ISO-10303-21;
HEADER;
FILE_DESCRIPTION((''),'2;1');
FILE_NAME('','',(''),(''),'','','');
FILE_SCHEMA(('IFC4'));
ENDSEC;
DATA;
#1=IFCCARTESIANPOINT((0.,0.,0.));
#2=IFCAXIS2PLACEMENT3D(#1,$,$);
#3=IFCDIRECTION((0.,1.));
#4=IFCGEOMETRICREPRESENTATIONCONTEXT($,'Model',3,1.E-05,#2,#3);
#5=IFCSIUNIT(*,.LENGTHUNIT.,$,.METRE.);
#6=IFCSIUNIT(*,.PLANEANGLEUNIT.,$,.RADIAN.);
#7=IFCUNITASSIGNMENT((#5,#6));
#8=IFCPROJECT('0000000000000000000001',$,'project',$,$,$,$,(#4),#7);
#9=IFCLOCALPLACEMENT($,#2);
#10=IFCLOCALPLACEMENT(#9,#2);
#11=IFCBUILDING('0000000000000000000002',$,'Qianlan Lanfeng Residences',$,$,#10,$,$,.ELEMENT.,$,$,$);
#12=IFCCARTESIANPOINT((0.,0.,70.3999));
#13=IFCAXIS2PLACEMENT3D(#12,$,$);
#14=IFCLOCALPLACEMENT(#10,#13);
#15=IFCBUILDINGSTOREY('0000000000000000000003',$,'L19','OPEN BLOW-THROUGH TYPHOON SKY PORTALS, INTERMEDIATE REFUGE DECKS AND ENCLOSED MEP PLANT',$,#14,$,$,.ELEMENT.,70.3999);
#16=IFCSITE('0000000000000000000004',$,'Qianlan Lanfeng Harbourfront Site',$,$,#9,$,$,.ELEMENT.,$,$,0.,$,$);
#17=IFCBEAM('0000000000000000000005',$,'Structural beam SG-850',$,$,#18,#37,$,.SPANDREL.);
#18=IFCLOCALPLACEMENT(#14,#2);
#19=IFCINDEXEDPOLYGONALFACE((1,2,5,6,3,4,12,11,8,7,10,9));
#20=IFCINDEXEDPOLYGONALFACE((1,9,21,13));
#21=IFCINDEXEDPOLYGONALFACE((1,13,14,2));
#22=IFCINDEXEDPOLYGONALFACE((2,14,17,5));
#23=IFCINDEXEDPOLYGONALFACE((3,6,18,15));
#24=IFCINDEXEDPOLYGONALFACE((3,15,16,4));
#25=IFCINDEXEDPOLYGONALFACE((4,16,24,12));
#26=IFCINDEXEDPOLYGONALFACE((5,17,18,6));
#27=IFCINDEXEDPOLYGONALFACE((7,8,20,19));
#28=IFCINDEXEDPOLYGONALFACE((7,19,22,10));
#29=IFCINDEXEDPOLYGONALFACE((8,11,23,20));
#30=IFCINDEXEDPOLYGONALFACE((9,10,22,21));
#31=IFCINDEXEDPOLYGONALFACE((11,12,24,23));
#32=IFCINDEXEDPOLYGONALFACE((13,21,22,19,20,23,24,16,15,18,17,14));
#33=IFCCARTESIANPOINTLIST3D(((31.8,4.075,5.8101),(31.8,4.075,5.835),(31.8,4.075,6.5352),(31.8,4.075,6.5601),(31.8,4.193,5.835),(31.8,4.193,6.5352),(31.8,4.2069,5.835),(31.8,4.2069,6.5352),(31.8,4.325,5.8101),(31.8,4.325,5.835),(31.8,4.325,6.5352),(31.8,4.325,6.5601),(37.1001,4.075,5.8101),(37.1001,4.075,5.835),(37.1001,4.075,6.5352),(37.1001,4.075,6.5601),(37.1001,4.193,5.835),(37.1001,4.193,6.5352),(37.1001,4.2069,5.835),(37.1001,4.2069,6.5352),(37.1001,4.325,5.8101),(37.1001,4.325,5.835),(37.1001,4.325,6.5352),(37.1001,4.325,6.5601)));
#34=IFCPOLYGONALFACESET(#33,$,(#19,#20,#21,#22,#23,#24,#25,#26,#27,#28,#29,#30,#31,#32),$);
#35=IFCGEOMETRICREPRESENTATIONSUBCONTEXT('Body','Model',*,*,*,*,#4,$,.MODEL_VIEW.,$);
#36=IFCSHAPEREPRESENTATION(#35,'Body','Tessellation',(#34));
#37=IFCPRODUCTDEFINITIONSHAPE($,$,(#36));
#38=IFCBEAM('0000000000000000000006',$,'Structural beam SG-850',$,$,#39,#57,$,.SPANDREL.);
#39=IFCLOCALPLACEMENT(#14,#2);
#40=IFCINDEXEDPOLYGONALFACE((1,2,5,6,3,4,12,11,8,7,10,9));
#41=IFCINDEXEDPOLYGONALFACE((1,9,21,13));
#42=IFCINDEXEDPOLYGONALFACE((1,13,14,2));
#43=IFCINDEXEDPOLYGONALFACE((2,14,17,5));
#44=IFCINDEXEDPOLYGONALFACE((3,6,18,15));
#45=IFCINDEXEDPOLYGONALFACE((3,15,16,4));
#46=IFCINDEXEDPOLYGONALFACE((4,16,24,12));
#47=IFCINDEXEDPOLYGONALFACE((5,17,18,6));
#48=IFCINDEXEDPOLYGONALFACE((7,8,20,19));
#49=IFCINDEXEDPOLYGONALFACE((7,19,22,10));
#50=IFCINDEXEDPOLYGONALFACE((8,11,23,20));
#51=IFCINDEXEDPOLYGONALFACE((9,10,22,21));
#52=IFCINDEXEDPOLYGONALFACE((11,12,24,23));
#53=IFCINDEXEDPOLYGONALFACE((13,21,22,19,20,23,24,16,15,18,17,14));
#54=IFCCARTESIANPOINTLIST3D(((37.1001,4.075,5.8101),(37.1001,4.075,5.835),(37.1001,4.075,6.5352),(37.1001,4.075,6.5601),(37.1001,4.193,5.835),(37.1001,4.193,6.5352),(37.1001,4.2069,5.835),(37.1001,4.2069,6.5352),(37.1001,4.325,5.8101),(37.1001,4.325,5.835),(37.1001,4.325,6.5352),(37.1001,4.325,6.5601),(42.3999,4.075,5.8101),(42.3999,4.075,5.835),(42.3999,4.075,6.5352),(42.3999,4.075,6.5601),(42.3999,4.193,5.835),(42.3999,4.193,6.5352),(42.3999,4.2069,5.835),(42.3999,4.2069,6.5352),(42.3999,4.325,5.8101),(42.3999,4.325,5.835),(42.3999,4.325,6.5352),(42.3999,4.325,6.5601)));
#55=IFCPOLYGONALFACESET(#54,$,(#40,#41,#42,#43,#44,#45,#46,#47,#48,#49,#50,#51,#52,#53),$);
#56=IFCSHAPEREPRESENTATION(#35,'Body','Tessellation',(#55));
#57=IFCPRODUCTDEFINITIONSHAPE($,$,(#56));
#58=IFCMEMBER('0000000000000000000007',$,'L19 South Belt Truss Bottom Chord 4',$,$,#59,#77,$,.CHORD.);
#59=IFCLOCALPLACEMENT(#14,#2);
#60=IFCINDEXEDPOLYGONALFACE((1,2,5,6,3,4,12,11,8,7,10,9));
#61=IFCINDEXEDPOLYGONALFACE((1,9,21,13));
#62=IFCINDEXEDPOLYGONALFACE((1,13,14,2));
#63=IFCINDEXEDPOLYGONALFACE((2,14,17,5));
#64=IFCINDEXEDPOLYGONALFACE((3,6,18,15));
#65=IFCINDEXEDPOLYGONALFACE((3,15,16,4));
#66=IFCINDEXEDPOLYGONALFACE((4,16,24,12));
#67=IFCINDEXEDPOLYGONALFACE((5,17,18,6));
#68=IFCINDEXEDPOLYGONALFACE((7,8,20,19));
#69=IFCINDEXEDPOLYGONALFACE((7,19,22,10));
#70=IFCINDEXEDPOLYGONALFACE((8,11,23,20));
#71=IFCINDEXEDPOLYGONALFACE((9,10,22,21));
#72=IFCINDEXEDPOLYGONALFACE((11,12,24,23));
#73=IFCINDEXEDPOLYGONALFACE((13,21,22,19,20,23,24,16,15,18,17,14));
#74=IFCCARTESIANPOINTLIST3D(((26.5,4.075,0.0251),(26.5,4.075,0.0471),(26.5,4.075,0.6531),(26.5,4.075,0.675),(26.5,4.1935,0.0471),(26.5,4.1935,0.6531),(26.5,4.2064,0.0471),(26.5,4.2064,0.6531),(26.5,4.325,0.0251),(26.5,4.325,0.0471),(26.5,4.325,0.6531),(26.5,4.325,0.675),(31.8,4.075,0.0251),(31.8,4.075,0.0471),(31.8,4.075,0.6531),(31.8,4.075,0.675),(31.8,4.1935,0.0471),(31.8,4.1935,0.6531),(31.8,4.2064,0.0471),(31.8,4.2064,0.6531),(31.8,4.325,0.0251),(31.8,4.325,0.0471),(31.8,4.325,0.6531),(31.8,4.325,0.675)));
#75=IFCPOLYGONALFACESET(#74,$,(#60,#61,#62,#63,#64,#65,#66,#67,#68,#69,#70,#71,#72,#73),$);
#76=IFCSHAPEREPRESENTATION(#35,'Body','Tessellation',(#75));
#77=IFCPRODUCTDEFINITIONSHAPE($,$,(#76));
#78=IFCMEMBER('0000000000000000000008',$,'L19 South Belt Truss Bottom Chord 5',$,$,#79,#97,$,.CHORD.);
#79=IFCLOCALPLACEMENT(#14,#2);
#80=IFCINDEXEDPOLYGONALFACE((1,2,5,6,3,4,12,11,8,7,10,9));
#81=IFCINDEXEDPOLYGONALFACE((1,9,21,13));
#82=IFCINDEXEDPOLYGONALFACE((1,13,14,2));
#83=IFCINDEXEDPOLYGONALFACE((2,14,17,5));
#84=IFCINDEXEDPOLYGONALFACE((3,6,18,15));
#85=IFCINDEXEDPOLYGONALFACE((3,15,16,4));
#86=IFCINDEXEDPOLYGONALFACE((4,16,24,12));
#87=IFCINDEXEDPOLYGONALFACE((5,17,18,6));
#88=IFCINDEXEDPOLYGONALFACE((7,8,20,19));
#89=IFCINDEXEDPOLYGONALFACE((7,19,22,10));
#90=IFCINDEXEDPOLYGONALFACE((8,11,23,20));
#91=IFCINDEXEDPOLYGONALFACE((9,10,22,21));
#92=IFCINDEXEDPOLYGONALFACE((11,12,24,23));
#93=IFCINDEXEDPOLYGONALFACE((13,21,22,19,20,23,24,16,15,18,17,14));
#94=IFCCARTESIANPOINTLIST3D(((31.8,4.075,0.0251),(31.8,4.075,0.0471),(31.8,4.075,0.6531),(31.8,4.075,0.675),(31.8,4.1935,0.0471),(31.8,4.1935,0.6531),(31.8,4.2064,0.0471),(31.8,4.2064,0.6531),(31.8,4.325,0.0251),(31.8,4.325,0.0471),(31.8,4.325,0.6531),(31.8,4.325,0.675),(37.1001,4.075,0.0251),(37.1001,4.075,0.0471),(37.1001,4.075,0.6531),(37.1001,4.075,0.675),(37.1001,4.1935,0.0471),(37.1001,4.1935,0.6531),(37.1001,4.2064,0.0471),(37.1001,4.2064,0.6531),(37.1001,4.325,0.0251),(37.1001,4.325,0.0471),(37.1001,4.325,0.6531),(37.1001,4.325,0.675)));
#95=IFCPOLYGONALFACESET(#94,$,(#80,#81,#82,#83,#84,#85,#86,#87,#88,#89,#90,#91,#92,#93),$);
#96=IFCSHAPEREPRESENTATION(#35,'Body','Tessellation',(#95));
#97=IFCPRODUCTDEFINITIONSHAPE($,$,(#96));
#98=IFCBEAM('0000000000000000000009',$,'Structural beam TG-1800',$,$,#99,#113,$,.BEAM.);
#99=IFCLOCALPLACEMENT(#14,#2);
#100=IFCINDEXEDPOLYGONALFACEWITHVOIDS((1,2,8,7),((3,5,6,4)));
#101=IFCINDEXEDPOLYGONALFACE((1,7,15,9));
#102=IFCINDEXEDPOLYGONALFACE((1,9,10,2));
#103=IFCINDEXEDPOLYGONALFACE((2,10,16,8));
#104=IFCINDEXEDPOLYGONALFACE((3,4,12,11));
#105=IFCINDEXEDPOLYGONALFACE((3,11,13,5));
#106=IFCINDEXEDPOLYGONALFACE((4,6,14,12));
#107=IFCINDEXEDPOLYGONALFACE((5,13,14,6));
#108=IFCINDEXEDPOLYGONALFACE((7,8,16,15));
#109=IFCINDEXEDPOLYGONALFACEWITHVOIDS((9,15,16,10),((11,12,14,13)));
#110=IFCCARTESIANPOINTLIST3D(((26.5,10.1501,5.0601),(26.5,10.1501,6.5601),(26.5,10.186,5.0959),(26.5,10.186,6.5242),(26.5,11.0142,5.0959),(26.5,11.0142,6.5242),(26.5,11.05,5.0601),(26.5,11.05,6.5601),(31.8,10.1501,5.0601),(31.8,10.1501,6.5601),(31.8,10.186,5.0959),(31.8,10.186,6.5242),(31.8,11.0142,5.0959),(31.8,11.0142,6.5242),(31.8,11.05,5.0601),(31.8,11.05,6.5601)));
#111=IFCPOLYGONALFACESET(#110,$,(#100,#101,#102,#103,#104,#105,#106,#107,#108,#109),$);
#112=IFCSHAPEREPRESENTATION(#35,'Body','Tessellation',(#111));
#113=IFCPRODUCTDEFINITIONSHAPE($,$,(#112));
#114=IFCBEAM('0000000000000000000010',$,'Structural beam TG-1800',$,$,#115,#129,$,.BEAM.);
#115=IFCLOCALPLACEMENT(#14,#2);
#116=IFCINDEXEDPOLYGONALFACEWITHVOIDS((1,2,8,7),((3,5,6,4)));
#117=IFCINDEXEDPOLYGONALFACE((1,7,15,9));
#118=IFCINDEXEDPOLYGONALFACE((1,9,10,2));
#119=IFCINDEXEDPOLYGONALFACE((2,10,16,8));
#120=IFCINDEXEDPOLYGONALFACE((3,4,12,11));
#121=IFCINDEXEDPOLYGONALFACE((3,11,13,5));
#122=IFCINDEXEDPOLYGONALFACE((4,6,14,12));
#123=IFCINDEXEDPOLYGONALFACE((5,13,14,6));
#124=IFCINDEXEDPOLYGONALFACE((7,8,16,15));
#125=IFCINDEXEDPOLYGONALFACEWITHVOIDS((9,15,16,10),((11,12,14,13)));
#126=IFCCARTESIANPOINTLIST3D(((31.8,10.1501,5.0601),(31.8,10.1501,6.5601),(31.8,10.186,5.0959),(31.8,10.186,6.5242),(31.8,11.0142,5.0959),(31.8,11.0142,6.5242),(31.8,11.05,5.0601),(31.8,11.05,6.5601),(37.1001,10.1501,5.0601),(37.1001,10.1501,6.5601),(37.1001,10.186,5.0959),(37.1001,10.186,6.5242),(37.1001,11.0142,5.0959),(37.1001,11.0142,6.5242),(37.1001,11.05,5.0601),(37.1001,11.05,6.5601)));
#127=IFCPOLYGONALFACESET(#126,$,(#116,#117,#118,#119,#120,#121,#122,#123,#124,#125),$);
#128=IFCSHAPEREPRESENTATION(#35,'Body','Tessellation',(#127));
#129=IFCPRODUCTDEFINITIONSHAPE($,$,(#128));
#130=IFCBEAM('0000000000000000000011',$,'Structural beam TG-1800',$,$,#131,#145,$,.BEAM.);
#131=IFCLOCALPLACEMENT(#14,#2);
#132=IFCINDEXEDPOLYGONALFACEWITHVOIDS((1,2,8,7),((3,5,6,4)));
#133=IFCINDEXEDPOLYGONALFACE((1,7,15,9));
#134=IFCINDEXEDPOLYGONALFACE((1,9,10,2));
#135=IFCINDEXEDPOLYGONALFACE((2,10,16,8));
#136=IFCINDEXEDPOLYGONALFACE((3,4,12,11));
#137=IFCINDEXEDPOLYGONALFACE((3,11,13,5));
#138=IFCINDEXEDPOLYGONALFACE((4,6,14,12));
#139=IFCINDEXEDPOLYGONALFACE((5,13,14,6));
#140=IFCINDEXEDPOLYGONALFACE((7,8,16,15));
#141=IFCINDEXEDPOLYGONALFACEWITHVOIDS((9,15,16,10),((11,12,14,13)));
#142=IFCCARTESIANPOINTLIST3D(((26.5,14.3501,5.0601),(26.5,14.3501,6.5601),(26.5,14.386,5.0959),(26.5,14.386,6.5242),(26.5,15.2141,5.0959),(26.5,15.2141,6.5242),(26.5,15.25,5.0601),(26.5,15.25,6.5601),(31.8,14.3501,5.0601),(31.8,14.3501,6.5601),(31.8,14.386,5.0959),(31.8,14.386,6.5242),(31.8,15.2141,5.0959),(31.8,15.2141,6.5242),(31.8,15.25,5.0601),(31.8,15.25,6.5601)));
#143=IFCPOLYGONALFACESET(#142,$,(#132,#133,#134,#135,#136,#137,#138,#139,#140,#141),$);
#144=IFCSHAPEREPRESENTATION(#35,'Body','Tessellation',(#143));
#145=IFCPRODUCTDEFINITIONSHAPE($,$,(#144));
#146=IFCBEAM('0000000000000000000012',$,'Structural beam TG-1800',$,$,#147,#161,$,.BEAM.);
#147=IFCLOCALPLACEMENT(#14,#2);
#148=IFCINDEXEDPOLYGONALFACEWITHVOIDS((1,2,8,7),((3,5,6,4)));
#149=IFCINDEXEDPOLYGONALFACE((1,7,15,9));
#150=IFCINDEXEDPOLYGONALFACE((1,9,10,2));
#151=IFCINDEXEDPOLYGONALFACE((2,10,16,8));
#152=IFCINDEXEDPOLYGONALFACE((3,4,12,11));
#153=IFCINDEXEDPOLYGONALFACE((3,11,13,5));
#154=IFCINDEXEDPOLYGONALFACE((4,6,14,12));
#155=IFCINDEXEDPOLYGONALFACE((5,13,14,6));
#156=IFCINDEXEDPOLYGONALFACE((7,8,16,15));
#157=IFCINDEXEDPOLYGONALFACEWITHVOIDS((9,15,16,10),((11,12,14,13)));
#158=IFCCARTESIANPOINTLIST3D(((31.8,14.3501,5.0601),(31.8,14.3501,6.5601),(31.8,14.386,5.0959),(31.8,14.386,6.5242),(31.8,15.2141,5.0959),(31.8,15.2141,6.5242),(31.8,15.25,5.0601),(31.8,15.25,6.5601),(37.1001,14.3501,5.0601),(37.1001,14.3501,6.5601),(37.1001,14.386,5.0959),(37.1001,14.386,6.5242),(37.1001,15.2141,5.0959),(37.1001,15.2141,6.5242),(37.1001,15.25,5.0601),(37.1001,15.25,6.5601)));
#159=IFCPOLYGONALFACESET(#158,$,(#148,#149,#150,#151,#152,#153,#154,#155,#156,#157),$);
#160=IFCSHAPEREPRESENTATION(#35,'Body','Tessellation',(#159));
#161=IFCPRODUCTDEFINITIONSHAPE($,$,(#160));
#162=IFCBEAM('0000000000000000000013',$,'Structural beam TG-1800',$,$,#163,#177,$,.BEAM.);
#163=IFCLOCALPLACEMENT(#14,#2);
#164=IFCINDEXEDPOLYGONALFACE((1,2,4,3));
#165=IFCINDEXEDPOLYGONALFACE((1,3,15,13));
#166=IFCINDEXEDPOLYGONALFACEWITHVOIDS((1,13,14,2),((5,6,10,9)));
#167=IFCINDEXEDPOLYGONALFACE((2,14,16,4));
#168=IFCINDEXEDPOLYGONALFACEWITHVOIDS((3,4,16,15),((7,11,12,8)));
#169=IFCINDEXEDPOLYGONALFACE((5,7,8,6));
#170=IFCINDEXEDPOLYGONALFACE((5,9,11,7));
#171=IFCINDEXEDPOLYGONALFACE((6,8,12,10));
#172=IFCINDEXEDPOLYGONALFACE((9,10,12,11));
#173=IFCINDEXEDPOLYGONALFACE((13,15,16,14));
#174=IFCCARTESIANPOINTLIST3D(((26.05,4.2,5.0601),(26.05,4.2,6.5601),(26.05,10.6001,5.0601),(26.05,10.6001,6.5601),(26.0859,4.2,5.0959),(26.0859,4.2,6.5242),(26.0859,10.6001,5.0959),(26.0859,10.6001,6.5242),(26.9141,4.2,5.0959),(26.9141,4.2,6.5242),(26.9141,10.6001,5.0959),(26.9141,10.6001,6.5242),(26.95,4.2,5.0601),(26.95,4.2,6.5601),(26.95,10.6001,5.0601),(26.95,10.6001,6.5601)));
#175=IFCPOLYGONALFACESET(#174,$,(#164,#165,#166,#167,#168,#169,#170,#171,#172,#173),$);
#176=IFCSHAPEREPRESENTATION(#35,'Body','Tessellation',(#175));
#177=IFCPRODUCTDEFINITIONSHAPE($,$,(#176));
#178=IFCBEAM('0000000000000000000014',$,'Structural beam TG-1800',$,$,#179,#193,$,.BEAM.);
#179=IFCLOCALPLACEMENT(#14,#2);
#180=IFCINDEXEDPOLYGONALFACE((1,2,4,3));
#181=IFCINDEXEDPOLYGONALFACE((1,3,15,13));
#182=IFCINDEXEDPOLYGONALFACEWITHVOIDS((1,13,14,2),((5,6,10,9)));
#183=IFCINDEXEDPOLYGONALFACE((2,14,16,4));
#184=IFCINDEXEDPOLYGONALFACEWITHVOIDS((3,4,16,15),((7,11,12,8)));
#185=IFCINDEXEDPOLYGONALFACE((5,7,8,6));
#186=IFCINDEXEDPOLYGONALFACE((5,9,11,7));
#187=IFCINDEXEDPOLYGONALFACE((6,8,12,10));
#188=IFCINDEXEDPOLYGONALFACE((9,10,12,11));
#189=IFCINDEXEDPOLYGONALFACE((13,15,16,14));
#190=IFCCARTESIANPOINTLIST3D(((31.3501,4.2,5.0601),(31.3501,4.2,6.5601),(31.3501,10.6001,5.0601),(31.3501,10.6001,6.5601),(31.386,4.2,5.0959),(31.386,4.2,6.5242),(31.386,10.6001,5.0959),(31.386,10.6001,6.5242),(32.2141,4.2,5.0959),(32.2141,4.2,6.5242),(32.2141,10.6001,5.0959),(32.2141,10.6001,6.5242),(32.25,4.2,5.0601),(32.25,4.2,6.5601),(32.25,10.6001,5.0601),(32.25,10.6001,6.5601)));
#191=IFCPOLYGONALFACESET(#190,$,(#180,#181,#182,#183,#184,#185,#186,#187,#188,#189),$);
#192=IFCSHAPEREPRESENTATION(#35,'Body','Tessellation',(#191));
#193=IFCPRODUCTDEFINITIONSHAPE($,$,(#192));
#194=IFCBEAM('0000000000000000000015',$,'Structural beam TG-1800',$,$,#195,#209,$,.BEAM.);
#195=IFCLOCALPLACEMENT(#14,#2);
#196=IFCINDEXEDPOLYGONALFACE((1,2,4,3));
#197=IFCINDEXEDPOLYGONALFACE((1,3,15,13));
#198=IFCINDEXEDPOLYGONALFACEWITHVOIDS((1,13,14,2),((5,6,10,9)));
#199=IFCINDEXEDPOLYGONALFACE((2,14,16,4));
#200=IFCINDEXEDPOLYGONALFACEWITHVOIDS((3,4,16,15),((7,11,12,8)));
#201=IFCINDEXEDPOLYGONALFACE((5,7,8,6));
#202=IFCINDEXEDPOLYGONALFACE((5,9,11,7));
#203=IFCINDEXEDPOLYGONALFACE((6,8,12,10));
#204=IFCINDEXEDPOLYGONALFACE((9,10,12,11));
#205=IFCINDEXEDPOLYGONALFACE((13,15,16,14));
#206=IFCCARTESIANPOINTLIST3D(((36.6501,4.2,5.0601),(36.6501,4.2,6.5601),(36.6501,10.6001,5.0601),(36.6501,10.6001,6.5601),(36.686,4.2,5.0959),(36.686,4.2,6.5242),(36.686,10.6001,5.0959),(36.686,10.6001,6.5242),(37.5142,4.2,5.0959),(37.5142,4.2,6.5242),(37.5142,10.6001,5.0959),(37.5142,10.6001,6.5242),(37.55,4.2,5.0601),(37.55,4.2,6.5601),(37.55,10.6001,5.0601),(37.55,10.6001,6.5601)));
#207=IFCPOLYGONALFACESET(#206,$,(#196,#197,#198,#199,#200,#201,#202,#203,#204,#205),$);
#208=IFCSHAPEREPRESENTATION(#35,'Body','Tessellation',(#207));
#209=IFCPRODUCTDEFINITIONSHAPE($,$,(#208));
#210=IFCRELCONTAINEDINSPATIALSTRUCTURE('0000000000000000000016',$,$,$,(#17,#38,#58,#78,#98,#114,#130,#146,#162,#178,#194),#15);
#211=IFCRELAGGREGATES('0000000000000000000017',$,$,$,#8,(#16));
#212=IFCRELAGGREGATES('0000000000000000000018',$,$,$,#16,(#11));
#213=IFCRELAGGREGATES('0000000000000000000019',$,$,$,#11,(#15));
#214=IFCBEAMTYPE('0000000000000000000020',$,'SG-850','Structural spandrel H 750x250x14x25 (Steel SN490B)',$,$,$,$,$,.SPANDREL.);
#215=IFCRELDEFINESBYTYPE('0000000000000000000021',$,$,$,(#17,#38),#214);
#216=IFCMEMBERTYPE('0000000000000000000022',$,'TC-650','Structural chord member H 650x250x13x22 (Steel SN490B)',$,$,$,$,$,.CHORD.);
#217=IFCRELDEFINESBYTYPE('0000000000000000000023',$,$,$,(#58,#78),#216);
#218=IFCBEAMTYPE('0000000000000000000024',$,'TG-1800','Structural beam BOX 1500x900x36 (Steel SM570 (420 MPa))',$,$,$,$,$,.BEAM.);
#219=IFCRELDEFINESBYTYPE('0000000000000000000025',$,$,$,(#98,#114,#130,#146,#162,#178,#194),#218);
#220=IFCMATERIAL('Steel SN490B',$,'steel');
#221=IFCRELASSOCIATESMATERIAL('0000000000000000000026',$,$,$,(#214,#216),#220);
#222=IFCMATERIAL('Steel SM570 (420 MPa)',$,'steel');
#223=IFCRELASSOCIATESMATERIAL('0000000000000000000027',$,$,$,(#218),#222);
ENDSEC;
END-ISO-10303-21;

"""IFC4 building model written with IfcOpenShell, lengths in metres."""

from ifc_helpers import new_model, si_unit, direction, frame, origin, origin_2d, place, context, subcontext, project, spatial, hollow_rectangle, i_section, extrude, material, material_profile, profile_set, type_object, element, save


model = new_model("IFC4")

# Units and contexts
model_context = context("Model", 3, precision=1e-05, world=origin(), true_north=direction((0.0, 1.0)))
body_context = subcontext(model_context, "Body", "Model", "MODEL_VIEW")
ifc_project = project(units=[si_unit("LENGTHUNIT", "METRE"), si_unit("PLANEANGLEUNIT", "RADIAN")], contexts=[model_context])

# Site, building, storey
site_placement = place(None, origin())
site = spatial("IfcSite", under=ifc_project, at=site_placement, Name="Qianlan Lanfeng Harbourfront Site", CompositionType="ELEMENT", RefElevation=0.0)
building_placement = place(site_placement, origin())
building = spatial("IfcBuilding", under=site, at=building_placement, Name="Qianlan Lanfeng Residences", CompositionType="ELEMENT")
storey_placement = place(building_placement, frame((0.0, 0.0, 70.3999)))
storey = spatial("IfcBuildingStorey", under=building, at=storey_placement, Name="L19", Description="OPEN BLOW-THROUGH TYPHOON SKY PORTALS, INTERMEDIATE REFUGE DECKS AND ENCLOSED MEP PLANT", CompositionType="ELEMENT", Elevation=70.3999)

# Shared definitions
ifc_material_1 = material(Name="Steel SN490B", Category="steel")

# Beams
ifc_material_profile_1 = material_profile(ifc_material_1, i_section(OverallWidth=0.25, OverallDepth=0.75, WebThickness=0.0139, FlangeThickness=0.0249, at=origin_2d()), Name="H 750x250x14x25")
ifc_profile_set_1 = profile_set([ifc_material_profile_1], Name="Steel SN490B")
beam_type_1 = type_object("IfcBeamType", Name="SG-850", Description="Structural spandrel H 750x250x14x25 (Steel SN490B)", PredefinedType="SPANDREL", material=ifc_profile_set_1)
for number, where, z_axis, x_axis, name in (
    (1, (31.8, 4.2, 6.1851), (1.0, 0.0, 0.0), (0.0, 1.0, 0.0), "Structural beam SG-850"),
):
    element("IfcBeam", number, at=place(storey_placement, frame(where, z_axis=z_axis, x_axis=x_axis)), inside=storey, type_object=beam_type_1, Name=name, PredefinedType="SPANDREL", context=body_context, shape_type="SweptSolid", body=[
        extrude(i_section(OverallWidth=0.25, OverallDepth=0.75, WebThickness=0.0139, FlangeThickness=0.0249, at=origin_2d()), origin(), (0.0, 0.0, 1.0), 5.3),
    ])
beam_1_placement = place(storey_placement, frame((37.1001, 4.2, 6.1851), z_axis=(1.0, 0.0, 0.0), x_axis=(0.0, 1.0, 0.0)))
element("IfcBeam", 2, at=beam_1_placement, inside=storey, type_object=beam_type_1, Name="Structural beam SG-850", PredefinedType="SPANDREL", context=body_context, shape_type="SweptSolid", body=[
    extrude(i_section(OverallWidth=0.25, OverallDepth=0.75, WebThickness=0.0139, FlangeThickness=0.0249, at=origin_2d()), origin(), (0.0, 0.0, 1.0), 5.2998),
])

# Members
ifc_material_profile_2 = material_profile(ifc_material_1, i_section(OverallWidth=0.25, OverallDepth=0.6499, WebThickness=0.0129, FlangeThickness=0.022, at=origin_2d()), Name="H 650x250x13x22")
ifc_profile_set_2 = profile_set([ifc_material_profile_2], Name="Steel SN490B")
member_type_1 = type_object("IfcMemberType", Name="TC-650", Description="Structural chord member H 650x250x13x22 (Steel SN490B)", PredefinedType="CHORD", material=ifc_profile_set_2)
for number, where, z_axis, x_axis, name in (
    (3, (26.5, 4.2, 0.3501), (1.0, 0.0, 0.0), (0.0, 1.0, 0.0), "L19 South Belt Truss Bottom Chord 4"),
    (4, (31.8, 4.2, 0.3501), (1.0, 0.0, 0.0), (0.0, 1.0, 0.0), "L19 South Belt Truss Bottom Chord 5"),
):
    element("IfcMember", number, at=place(storey_placement, frame(where, z_axis=z_axis, x_axis=x_axis)), inside=storey, type_object=member_type_1, Name=name, PredefinedType="CHORD", context=body_context, shape_type="SweptSolid", body=[
        extrude(i_section(OverallWidth=0.25, OverallDepth=0.6499, WebThickness=0.0129, FlangeThickness=0.022, at=origin_2d()), origin(), (0.0, 0.0, 1.0), 5.3),
    ])

# Beams
ifc_material_2 = material(Name="Steel SM570 (420 MPa)", Category="steel")
ifc_material_profile_3 = material_profile(ifc_material_2, hollow_rectangle(XDim=0.8999, YDim=1.5, WallThickness=0.0359, at=origin_2d()), Name="BOX 1500x900x36")
ifc_profile_set_3 = profile_set([ifc_material_profile_3], Name="Steel SM570 (420 MPa)")
beam_type_2 = type_object("IfcBeamType", Name="TG-1800", Description="Structural beam BOX 1500x900x36 (Steel SM570 (420 MPa))", PredefinedType="BEAM", material=ifc_profile_set_3)
for number, where, z_axis, x_axis, name in (
    (5, (26.5, 10.6001, 5.8101), (1.0, 0.0, 0.0), (0.0, 1.0, 0.0), "Structural beam TG-1800"),
    (6, (31.8, 10.6001, 5.8101), (1.0, 0.0, 0.0), (0.0, 1.0, 0.0), "Structural beam TG-1800"),
    (7, (26.5, 14.8, 5.8101), (1.0, 0.0, 0.0), (0.0, 1.0, 0.0), "Structural beam TG-1800"),
    (8, (31.8, 14.8, 5.8101), (1.0, 0.0, 0.0), (0.0, 1.0, 0.0), "Structural beam TG-1800"),
):
    element("IfcBeam", number, at=place(storey_placement, frame(where, z_axis=z_axis, x_axis=x_axis)), inside=storey, type_object=beam_type_2, Name=name, PredefinedType="BEAM", context=body_context, shape_type="SweptSolid", body=[
        extrude(hollow_rectangle(XDim=0.8999, YDim=1.5, WallThickness=0.0359, at=origin_2d()), origin(), (0.0, 0.0, 1.0), 5.3),
    ])
for number, where, z_axis, x_axis, name in (
    (9, (26.5, 4.2, 5.8101), (0.0, 1.0, 0.0), (-1.0, 0.0, 0.0), "Structural beam TG-1800"),
    (10, (31.8, 4.2, 5.8101), (0.0, 1.0, 0.0), (-1.0, 0.0, 0.0), "Structural beam TG-1800"),
    (11, (37.1001, 4.2, 5.8101), (0.0, 1.0, 0.0), (-1.0, 0.0, 0.0), "Structural beam TG-1800"),
):
    element("IfcBeam", number, at=place(storey_placement, frame(where, z_axis=z_axis, x_axis=x_axis)), inside=storey, type_object=beam_type_2, Name=name, PredefinedType="BEAM", context=body_context, shape_type="SweptSolid", body=[
        extrude(hollow_rectangle(XDim=0.8999, YDim=1.5, WallThickness=0.0359, at=origin_2d()), origin(), (0.0, 0.0, 1.0), 6.4001),
    ])

save(model, "model.ifc")
